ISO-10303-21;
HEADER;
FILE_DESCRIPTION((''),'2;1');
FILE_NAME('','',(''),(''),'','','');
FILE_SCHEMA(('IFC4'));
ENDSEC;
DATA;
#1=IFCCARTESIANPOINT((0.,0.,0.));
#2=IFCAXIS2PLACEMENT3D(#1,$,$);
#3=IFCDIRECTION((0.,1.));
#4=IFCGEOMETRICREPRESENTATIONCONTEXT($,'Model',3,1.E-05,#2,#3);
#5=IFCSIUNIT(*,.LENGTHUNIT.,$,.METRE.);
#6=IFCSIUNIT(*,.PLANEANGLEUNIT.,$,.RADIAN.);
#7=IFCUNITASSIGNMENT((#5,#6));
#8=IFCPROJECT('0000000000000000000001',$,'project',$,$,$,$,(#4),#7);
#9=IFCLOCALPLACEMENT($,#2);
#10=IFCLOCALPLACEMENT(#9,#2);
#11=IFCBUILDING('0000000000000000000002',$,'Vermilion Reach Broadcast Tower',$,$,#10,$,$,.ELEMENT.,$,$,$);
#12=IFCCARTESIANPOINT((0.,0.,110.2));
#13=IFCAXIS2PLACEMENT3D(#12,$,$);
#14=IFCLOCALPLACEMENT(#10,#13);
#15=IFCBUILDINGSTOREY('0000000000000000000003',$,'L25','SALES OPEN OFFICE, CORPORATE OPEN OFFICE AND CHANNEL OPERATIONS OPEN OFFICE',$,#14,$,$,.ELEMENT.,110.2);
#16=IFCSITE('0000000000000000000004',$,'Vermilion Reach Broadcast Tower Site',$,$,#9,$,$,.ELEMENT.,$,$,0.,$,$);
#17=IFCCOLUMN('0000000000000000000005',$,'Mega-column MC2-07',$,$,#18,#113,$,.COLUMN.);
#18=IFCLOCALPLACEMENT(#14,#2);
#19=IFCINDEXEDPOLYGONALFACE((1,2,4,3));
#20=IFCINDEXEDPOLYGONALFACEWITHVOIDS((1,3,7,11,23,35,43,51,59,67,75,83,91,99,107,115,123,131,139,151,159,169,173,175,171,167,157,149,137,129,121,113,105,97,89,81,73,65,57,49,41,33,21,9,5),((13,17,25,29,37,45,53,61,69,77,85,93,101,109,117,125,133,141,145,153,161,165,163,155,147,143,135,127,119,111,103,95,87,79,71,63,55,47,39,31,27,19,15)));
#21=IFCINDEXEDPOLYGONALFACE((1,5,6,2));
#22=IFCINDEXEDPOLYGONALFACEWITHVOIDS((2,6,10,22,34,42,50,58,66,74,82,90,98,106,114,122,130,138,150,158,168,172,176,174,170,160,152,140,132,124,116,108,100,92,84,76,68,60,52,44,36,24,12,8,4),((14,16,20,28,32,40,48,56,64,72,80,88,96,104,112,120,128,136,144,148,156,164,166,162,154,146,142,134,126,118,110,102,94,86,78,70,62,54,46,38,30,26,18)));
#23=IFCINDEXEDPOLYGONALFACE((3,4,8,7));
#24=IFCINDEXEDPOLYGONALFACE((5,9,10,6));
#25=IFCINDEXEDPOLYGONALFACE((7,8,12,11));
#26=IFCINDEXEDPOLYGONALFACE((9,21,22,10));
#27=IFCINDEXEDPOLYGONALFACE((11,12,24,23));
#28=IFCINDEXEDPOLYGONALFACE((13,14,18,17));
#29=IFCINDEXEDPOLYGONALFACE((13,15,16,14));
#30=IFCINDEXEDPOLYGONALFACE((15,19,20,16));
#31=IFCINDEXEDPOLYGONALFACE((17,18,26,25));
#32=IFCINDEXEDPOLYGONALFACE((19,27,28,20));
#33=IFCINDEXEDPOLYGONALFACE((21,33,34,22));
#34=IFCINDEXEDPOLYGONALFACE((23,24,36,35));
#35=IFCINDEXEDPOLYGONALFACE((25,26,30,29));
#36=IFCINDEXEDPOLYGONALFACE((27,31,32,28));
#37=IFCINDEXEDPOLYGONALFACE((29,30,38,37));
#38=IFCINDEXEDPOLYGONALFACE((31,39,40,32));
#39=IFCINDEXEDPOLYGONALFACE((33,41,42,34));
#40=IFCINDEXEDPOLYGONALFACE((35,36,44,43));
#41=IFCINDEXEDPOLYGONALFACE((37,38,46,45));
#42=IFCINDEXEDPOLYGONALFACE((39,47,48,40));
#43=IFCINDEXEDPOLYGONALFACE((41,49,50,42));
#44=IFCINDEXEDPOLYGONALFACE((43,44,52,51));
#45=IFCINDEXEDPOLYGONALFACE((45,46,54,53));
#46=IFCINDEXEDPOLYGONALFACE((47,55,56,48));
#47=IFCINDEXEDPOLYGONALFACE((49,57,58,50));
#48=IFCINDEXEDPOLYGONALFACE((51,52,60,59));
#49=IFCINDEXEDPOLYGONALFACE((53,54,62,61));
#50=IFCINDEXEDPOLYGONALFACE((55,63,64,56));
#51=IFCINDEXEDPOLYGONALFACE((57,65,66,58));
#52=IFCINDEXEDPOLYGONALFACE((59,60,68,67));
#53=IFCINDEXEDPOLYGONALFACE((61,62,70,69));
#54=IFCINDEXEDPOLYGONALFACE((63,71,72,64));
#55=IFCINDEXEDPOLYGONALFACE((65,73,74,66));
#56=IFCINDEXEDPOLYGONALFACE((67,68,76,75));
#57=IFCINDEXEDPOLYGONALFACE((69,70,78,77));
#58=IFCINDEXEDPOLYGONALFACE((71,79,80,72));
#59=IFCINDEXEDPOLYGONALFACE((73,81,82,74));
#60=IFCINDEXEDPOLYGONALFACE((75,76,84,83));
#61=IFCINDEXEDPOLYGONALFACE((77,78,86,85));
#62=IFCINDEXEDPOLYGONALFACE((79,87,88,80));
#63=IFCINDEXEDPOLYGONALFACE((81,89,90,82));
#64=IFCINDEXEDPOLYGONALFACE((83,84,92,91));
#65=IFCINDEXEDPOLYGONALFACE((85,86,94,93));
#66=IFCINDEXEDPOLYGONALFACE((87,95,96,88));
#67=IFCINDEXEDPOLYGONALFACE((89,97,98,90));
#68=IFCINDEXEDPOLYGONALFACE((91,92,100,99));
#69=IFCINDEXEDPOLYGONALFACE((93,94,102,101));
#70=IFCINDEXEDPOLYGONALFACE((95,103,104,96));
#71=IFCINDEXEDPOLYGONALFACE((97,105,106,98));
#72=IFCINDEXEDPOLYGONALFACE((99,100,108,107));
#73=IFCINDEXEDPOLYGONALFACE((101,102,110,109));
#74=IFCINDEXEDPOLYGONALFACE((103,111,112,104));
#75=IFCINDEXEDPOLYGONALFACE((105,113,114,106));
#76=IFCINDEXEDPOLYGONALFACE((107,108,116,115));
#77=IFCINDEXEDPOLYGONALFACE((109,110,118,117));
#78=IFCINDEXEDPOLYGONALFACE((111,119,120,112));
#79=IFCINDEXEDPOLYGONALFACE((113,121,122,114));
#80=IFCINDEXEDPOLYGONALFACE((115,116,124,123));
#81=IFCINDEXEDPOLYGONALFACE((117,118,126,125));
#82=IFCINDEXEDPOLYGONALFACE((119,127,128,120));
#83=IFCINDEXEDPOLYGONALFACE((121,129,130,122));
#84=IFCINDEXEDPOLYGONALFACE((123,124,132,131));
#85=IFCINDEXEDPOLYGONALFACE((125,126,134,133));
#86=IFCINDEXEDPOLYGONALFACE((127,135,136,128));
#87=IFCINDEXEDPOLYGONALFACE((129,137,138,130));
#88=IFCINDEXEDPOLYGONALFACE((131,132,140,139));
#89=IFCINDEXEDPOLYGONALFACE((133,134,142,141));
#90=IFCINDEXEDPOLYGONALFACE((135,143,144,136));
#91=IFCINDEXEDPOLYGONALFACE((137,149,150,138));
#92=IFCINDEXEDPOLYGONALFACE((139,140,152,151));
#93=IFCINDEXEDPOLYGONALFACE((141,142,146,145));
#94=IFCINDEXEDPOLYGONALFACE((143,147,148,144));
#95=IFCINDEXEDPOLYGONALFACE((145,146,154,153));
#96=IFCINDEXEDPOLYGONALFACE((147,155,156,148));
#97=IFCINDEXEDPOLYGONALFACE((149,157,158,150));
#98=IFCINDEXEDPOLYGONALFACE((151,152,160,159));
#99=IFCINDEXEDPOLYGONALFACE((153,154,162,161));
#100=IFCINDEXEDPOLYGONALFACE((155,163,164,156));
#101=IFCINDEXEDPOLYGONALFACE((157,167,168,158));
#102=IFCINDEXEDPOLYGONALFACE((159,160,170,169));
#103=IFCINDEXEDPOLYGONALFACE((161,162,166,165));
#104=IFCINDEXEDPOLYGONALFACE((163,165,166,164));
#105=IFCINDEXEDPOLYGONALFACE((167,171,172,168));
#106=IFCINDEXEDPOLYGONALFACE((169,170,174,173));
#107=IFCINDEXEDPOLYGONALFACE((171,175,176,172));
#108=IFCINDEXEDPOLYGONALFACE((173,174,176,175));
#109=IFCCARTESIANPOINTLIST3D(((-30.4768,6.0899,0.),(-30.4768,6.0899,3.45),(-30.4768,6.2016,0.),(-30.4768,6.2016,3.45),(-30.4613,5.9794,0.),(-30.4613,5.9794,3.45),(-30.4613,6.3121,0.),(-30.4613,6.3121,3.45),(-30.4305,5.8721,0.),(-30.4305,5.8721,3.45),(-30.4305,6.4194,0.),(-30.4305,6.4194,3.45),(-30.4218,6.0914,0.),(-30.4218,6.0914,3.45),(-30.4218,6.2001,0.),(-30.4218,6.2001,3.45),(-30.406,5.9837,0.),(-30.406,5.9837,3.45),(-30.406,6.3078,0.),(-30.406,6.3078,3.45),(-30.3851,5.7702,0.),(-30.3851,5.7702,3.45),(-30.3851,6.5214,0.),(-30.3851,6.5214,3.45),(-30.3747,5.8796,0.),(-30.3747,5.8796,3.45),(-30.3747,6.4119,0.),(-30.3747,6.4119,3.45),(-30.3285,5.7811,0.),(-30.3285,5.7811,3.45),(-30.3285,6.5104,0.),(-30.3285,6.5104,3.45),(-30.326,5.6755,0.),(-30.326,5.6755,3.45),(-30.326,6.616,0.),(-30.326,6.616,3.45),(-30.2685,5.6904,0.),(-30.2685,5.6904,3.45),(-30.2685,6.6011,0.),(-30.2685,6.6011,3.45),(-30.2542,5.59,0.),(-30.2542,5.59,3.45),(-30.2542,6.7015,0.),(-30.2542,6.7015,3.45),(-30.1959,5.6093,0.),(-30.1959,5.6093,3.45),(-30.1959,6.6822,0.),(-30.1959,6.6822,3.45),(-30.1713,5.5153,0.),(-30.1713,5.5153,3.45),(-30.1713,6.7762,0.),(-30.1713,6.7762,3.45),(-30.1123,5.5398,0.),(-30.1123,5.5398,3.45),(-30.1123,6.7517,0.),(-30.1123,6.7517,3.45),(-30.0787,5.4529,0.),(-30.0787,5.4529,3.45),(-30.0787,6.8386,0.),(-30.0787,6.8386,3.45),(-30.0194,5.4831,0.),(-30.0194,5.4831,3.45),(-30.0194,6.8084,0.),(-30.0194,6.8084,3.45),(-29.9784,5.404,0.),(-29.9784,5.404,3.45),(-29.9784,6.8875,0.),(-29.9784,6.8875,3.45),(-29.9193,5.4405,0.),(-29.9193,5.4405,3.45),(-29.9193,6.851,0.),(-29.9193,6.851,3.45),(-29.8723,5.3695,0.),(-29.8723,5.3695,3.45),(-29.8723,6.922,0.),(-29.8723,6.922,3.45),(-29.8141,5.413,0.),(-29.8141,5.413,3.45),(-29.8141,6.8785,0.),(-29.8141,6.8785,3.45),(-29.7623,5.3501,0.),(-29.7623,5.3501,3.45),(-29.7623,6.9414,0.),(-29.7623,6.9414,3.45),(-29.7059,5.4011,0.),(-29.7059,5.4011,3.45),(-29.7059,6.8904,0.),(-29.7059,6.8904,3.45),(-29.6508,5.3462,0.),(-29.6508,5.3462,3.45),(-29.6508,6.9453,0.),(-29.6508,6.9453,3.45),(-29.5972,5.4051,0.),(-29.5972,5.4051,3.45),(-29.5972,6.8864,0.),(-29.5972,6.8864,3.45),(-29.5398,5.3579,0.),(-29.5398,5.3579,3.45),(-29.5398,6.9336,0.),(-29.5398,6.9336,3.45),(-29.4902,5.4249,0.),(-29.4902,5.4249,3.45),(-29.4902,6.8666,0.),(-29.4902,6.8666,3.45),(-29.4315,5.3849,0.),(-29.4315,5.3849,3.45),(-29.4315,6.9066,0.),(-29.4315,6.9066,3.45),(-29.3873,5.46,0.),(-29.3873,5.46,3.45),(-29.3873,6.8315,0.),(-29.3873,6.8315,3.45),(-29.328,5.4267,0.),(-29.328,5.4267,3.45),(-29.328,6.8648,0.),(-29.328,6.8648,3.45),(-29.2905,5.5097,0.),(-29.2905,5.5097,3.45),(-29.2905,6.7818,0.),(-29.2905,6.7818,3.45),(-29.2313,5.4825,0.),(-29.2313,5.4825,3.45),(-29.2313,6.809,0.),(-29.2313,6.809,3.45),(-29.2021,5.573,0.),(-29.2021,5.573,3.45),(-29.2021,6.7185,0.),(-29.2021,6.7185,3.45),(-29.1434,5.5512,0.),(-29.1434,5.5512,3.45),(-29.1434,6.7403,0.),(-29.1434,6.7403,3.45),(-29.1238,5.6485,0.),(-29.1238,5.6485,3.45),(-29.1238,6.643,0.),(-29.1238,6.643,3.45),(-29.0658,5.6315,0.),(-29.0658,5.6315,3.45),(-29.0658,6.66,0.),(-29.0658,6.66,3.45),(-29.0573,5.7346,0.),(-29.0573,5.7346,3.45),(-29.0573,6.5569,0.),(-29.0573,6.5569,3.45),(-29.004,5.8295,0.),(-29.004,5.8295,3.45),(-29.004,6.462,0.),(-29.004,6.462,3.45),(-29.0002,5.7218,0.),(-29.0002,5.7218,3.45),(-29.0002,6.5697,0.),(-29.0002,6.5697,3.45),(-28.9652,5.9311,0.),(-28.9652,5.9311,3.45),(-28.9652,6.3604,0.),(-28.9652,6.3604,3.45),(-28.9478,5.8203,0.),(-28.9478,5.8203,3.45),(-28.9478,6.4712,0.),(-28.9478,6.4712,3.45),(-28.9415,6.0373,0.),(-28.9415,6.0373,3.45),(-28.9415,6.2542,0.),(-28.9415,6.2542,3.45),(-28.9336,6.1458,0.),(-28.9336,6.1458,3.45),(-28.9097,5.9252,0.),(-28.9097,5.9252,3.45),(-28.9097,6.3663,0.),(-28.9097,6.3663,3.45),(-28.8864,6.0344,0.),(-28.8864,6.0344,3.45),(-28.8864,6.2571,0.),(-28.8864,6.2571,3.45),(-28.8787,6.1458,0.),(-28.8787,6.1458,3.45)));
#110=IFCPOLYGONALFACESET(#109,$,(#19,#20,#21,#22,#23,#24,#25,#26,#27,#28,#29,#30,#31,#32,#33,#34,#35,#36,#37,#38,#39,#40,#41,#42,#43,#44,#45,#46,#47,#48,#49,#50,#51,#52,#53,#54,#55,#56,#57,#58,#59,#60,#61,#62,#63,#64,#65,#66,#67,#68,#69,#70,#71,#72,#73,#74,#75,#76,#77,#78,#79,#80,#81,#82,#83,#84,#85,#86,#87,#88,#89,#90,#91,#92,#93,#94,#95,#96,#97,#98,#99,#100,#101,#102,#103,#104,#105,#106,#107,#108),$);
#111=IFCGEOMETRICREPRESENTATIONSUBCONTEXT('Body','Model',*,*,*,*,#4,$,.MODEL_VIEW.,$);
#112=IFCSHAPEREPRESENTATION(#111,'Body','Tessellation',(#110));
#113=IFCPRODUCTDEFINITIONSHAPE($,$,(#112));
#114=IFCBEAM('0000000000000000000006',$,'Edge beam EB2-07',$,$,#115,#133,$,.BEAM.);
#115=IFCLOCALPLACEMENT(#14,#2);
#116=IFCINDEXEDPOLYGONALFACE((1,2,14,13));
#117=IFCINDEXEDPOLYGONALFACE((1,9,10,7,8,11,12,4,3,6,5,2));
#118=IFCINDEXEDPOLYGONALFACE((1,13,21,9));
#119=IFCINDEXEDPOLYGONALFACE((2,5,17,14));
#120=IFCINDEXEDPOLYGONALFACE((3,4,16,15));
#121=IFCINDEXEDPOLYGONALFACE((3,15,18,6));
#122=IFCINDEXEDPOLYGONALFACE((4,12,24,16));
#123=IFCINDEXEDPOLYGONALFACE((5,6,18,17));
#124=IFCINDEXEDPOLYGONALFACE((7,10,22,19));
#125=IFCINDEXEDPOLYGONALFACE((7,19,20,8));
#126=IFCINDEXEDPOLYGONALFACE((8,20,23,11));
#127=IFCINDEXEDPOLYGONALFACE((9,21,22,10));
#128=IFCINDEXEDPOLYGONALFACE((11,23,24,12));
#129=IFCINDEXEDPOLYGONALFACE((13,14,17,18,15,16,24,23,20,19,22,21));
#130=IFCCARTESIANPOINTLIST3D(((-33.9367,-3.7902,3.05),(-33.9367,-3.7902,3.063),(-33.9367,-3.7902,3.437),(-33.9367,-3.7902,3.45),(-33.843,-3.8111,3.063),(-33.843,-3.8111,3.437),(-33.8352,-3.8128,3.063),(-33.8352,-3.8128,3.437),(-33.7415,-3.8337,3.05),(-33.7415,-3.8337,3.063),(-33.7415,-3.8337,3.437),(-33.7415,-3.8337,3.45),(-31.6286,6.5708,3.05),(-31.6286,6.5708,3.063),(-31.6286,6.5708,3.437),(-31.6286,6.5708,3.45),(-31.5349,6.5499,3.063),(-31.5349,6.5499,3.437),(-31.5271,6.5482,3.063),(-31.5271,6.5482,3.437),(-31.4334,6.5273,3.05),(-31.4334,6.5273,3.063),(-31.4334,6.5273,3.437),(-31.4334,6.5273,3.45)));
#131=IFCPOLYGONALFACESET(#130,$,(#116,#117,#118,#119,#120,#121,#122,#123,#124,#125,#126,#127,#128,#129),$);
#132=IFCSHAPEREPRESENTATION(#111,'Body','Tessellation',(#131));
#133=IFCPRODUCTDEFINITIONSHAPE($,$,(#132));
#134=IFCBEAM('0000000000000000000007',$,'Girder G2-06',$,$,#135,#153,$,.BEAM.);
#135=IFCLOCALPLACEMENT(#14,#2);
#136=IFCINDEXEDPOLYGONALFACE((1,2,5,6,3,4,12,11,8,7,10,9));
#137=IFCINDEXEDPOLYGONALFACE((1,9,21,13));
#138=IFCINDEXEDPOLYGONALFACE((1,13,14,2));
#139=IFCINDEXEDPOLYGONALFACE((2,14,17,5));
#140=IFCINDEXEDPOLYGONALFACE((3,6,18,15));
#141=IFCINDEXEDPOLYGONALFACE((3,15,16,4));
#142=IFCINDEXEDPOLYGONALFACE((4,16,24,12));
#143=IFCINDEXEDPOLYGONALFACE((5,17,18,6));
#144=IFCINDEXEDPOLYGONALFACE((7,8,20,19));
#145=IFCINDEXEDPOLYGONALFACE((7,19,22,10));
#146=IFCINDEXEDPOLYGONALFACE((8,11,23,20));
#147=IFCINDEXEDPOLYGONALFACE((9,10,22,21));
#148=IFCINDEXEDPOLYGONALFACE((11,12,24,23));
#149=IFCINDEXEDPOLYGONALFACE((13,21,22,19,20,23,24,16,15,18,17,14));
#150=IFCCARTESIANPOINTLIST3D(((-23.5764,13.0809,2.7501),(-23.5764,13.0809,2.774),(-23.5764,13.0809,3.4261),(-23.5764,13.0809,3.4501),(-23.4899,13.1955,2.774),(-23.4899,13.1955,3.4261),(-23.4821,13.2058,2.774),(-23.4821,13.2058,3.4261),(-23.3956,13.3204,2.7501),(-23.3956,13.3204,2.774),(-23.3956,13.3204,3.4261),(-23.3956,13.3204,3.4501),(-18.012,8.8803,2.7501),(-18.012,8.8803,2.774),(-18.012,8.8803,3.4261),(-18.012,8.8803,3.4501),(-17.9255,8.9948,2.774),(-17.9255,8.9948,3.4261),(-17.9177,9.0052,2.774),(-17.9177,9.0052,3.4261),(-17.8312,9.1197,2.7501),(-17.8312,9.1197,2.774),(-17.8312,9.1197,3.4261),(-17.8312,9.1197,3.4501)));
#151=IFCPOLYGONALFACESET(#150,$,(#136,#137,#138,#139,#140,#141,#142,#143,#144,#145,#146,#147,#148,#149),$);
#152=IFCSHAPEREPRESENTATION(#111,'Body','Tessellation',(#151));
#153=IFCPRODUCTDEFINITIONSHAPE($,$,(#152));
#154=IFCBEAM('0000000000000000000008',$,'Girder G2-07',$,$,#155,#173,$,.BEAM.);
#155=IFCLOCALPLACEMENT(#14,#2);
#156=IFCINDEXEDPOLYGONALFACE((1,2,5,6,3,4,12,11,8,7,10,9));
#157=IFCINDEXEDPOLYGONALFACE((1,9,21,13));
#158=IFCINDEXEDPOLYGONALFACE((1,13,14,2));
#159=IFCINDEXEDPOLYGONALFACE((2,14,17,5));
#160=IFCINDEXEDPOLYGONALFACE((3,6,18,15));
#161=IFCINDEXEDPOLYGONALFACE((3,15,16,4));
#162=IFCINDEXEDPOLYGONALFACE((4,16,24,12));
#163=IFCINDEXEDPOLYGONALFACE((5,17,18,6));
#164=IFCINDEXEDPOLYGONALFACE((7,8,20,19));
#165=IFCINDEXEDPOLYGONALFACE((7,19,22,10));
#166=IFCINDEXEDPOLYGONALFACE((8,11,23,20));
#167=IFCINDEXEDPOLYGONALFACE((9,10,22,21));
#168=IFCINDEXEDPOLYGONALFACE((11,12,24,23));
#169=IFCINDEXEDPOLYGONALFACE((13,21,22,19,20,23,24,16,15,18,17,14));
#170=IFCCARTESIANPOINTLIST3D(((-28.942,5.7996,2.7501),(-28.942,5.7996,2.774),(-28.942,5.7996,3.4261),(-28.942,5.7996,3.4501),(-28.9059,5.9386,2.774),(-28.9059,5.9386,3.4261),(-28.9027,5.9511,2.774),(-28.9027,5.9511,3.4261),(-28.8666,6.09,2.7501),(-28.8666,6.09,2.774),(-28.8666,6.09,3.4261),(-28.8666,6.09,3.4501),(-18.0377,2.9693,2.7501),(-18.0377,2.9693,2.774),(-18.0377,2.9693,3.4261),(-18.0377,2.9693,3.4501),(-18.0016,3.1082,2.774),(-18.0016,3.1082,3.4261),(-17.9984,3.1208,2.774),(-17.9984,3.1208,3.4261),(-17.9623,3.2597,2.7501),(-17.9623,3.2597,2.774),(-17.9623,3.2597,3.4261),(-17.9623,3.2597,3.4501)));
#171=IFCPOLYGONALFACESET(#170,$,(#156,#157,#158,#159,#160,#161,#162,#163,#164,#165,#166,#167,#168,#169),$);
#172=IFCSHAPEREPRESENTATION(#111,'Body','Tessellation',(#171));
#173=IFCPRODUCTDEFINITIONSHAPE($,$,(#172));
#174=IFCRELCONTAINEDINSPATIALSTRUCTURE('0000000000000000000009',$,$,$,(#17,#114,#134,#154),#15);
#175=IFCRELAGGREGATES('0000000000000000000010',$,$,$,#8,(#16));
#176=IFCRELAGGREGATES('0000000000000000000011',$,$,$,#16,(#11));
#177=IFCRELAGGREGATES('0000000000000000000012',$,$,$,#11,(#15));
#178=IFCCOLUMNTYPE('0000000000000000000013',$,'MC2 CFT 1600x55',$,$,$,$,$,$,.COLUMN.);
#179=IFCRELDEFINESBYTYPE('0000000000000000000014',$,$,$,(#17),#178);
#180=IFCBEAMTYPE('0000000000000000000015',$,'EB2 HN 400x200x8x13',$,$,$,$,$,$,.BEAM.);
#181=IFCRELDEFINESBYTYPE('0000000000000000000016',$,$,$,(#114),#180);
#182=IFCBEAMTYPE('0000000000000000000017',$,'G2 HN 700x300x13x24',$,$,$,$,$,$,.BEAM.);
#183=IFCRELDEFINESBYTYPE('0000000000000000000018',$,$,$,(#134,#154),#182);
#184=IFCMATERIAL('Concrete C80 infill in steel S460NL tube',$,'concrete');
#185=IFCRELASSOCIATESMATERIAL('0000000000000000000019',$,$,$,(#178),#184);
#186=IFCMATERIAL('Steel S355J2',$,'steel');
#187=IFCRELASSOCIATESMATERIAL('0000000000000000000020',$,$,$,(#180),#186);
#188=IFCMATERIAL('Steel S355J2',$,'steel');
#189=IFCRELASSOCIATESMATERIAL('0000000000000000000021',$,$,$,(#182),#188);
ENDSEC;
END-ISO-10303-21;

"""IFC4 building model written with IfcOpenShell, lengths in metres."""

from ifc_helpers import new_model, si_unit, direction, frame, origin, origin_2d, place, context, subcontext, project, spatial, hollow_circle, i_section, extrude, material, material_profile, profile_set, type_object, element, save


model = new_model("IFC4")

# Units and contexts
model_context = context("Model", 3, precision=1e-05, world=origin(), true_north=direction((0.0, 1.0)))
body_context = subcontext(model_context, "Body", "Model", "MODEL_VIEW")
ifc_project = project(units=[si_unit("LENGTHUNIT", "METRE"), si_unit("PLANEANGLEUNIT", "RADIAN")], contexts=[model_context])

# Site, building, storey
site_placement = place(None, origin())
site = spatial("IfcSite", under=ifc_project, at=site_placement, Name="Vermilion Reach Broadcast Tower Site", CompositionType="ELEMENT", RefElevation=0.0)
building_placement = place(site_placement, origin())
building = spatial("IfcBuilding", under=site, at=building_placement, Name="Vermilion Reach Broadcast Tower", CompositionType="ELEMENT")
storey_placement = place(building_placement, frame((0.0, 0.0, 110.2)))
storey = spatial("IfcBuildingStorey", under=building, at=storey_placement, Name="L25", Description="SALES OPEN OFFICE, CORPORATE OPEN OFFICE AND CHANNEL OPERATIONS OPEN OFFICE", CompositionType="ELEMENT", Elevation=110.2)

# Column
ifc_material_1 = material(Name="Concrete C80 infill in steel S460NL tube", Category="concrete")
ifc_material_profile_1 = material_profile(ifc_material_1, hollow_circle(Radius=0.8, WallThickness=0.0549, at=origin_2d()), Name="Concrete C80 infill in steel S460NL tube CFT 1600x55")
ifc_profile_set_1 = profile_set([ifc_material_profile_1], Name="Concrete C80 infill in steel S460NL tube")
column_type = type_object("IfcColumnType", Name="MC2 CFT 1600x55", PredefinedType="COLUMN", material=ifc_profile_set_1)
column_placement = place(storey_placement, frame((-29.6787, 6.1458, 0.0), z_axis=(0.0, 0.0, 1.0), x_axis=(1.0, 0.0, 0.0)))
element("IfcColumn", 1, at=column_placement, inside=storey, type_object=column_type, Name="Mega-column MC2-07", PredefinedType="COLUMN", context=body_context, shape_type="SweptSolid", body=[
    extrude(hollow_circle(Radius=0.8, WallThickness=0.0549, at=origin_2d()), origin(), (0.0, 0.0, 1.0), 3.45),
])

# Beams
ifc_material_2 = material(Name="Steel S355J2", Category="steel")
ifc_material_profile_2 = material_profile(ifc_material_2, i_section(OverallWidth=0.2, OverallDepth=0.3999, WebThickness=0.0081, FlangeThickness=0.0129, at=origin_2d()), Name="S355J2 HN 400x200x8x13")
ifc_profile_set_2 = profile_set([ifc_material_profile_2], Name="Steel S355J2")
beam_type_1 = type_object("IfcBeamType", Name="EB2 HN 400x200x8x13", PredefinedType="BEAM", material=ifc_profile_set_2)
beam_1_placement = place(storey_placement, frame((-31.531, 6.5491, 3.25), z_axis=(-0.217437, -0.976074, 0.0), x_axis=(0.976074, -0.217437, 0.0)))
element("IfcBeam", 2, at=beam_1_placement, inside=storey, type_object=beam_type_1, Name="Edge beam EB2-07", PredefinedType="BEAM", context=body_context, shape_type="SweptSolid", body=[
    extrude(i_section(OverallWidth=0.2, OverallDepth=0.3999, WebThickness=0.0081, FlangeThickness=0.0129, at=origin_2d()), origin(), (0.0, 0.0, 1.0), 10.615),
])
ifc_material_3 = material(Name="Steel S355J2", Category="steel")
ifc_material_profile_3 = material_profile(ifc_material_3, i_section(OverallWidth=0.3, OverallDepth=0.7, WebThickness=0.0129, FlangeThickness=0.0239, at=origin_2d()), Name="S355J2 HN 700x300x13x24")
ifc_profile_set_3 = profile_set([ifc_material_profile_3], Name="Steel S355J2")
beam_type_2 = type_object("IfcBeamType", Name="G2 HN 700x300x13x24", PredefinedType="BEAM", material=ifc_profile_set_3)
beam_2_placement = place(storey_placement, frame((-17.9216, 9.0, 3.1001), z_axis=(-0.798114, 0.602507, 0.0), x_axis=(-0.602507, -0.798114, 0.0)))
element("IfcBeam", 3, at=beam_2_placement, inside=storey, type_object=beam_type_2, Name="Girder G2-06", PredefinedType="BEAM", context=body_context, shape_type="SweptSolid", body=[
    extrude(i_section(OverallWidth=0.3, OverallDepth=0.7, WebThickness=0.0129, FlangeThickness=0.0239, at=origin_2d()), origin(), (0.0, 0.0, 1.0), 6.9719),
])
beam_3_placement = place(storey_placement, frame((-18.0, 3.1145, 3.1001), z_axis=(-0.967926, 0.251235, 0.0), x_axis=(-0.251235, -0.967926, 0.0)))
element("IfcBeam", 4, at=beam_3_placement, inside=storey, type_object=beam_type_2, Name="Girder G2-07", PredefinedType="BEAM", context=body_context, shape_type="SweptSolid", body=[
    extrude(i_section(OverallWidth=0.3, OverallDepth=0.7, WebThickness=0.0129, FlangeThickness=0.0239, at=origin_2d()), origin(), (0.0, 0.0, 1.0), 11.2656),
])

save(model, "model.ifc")
